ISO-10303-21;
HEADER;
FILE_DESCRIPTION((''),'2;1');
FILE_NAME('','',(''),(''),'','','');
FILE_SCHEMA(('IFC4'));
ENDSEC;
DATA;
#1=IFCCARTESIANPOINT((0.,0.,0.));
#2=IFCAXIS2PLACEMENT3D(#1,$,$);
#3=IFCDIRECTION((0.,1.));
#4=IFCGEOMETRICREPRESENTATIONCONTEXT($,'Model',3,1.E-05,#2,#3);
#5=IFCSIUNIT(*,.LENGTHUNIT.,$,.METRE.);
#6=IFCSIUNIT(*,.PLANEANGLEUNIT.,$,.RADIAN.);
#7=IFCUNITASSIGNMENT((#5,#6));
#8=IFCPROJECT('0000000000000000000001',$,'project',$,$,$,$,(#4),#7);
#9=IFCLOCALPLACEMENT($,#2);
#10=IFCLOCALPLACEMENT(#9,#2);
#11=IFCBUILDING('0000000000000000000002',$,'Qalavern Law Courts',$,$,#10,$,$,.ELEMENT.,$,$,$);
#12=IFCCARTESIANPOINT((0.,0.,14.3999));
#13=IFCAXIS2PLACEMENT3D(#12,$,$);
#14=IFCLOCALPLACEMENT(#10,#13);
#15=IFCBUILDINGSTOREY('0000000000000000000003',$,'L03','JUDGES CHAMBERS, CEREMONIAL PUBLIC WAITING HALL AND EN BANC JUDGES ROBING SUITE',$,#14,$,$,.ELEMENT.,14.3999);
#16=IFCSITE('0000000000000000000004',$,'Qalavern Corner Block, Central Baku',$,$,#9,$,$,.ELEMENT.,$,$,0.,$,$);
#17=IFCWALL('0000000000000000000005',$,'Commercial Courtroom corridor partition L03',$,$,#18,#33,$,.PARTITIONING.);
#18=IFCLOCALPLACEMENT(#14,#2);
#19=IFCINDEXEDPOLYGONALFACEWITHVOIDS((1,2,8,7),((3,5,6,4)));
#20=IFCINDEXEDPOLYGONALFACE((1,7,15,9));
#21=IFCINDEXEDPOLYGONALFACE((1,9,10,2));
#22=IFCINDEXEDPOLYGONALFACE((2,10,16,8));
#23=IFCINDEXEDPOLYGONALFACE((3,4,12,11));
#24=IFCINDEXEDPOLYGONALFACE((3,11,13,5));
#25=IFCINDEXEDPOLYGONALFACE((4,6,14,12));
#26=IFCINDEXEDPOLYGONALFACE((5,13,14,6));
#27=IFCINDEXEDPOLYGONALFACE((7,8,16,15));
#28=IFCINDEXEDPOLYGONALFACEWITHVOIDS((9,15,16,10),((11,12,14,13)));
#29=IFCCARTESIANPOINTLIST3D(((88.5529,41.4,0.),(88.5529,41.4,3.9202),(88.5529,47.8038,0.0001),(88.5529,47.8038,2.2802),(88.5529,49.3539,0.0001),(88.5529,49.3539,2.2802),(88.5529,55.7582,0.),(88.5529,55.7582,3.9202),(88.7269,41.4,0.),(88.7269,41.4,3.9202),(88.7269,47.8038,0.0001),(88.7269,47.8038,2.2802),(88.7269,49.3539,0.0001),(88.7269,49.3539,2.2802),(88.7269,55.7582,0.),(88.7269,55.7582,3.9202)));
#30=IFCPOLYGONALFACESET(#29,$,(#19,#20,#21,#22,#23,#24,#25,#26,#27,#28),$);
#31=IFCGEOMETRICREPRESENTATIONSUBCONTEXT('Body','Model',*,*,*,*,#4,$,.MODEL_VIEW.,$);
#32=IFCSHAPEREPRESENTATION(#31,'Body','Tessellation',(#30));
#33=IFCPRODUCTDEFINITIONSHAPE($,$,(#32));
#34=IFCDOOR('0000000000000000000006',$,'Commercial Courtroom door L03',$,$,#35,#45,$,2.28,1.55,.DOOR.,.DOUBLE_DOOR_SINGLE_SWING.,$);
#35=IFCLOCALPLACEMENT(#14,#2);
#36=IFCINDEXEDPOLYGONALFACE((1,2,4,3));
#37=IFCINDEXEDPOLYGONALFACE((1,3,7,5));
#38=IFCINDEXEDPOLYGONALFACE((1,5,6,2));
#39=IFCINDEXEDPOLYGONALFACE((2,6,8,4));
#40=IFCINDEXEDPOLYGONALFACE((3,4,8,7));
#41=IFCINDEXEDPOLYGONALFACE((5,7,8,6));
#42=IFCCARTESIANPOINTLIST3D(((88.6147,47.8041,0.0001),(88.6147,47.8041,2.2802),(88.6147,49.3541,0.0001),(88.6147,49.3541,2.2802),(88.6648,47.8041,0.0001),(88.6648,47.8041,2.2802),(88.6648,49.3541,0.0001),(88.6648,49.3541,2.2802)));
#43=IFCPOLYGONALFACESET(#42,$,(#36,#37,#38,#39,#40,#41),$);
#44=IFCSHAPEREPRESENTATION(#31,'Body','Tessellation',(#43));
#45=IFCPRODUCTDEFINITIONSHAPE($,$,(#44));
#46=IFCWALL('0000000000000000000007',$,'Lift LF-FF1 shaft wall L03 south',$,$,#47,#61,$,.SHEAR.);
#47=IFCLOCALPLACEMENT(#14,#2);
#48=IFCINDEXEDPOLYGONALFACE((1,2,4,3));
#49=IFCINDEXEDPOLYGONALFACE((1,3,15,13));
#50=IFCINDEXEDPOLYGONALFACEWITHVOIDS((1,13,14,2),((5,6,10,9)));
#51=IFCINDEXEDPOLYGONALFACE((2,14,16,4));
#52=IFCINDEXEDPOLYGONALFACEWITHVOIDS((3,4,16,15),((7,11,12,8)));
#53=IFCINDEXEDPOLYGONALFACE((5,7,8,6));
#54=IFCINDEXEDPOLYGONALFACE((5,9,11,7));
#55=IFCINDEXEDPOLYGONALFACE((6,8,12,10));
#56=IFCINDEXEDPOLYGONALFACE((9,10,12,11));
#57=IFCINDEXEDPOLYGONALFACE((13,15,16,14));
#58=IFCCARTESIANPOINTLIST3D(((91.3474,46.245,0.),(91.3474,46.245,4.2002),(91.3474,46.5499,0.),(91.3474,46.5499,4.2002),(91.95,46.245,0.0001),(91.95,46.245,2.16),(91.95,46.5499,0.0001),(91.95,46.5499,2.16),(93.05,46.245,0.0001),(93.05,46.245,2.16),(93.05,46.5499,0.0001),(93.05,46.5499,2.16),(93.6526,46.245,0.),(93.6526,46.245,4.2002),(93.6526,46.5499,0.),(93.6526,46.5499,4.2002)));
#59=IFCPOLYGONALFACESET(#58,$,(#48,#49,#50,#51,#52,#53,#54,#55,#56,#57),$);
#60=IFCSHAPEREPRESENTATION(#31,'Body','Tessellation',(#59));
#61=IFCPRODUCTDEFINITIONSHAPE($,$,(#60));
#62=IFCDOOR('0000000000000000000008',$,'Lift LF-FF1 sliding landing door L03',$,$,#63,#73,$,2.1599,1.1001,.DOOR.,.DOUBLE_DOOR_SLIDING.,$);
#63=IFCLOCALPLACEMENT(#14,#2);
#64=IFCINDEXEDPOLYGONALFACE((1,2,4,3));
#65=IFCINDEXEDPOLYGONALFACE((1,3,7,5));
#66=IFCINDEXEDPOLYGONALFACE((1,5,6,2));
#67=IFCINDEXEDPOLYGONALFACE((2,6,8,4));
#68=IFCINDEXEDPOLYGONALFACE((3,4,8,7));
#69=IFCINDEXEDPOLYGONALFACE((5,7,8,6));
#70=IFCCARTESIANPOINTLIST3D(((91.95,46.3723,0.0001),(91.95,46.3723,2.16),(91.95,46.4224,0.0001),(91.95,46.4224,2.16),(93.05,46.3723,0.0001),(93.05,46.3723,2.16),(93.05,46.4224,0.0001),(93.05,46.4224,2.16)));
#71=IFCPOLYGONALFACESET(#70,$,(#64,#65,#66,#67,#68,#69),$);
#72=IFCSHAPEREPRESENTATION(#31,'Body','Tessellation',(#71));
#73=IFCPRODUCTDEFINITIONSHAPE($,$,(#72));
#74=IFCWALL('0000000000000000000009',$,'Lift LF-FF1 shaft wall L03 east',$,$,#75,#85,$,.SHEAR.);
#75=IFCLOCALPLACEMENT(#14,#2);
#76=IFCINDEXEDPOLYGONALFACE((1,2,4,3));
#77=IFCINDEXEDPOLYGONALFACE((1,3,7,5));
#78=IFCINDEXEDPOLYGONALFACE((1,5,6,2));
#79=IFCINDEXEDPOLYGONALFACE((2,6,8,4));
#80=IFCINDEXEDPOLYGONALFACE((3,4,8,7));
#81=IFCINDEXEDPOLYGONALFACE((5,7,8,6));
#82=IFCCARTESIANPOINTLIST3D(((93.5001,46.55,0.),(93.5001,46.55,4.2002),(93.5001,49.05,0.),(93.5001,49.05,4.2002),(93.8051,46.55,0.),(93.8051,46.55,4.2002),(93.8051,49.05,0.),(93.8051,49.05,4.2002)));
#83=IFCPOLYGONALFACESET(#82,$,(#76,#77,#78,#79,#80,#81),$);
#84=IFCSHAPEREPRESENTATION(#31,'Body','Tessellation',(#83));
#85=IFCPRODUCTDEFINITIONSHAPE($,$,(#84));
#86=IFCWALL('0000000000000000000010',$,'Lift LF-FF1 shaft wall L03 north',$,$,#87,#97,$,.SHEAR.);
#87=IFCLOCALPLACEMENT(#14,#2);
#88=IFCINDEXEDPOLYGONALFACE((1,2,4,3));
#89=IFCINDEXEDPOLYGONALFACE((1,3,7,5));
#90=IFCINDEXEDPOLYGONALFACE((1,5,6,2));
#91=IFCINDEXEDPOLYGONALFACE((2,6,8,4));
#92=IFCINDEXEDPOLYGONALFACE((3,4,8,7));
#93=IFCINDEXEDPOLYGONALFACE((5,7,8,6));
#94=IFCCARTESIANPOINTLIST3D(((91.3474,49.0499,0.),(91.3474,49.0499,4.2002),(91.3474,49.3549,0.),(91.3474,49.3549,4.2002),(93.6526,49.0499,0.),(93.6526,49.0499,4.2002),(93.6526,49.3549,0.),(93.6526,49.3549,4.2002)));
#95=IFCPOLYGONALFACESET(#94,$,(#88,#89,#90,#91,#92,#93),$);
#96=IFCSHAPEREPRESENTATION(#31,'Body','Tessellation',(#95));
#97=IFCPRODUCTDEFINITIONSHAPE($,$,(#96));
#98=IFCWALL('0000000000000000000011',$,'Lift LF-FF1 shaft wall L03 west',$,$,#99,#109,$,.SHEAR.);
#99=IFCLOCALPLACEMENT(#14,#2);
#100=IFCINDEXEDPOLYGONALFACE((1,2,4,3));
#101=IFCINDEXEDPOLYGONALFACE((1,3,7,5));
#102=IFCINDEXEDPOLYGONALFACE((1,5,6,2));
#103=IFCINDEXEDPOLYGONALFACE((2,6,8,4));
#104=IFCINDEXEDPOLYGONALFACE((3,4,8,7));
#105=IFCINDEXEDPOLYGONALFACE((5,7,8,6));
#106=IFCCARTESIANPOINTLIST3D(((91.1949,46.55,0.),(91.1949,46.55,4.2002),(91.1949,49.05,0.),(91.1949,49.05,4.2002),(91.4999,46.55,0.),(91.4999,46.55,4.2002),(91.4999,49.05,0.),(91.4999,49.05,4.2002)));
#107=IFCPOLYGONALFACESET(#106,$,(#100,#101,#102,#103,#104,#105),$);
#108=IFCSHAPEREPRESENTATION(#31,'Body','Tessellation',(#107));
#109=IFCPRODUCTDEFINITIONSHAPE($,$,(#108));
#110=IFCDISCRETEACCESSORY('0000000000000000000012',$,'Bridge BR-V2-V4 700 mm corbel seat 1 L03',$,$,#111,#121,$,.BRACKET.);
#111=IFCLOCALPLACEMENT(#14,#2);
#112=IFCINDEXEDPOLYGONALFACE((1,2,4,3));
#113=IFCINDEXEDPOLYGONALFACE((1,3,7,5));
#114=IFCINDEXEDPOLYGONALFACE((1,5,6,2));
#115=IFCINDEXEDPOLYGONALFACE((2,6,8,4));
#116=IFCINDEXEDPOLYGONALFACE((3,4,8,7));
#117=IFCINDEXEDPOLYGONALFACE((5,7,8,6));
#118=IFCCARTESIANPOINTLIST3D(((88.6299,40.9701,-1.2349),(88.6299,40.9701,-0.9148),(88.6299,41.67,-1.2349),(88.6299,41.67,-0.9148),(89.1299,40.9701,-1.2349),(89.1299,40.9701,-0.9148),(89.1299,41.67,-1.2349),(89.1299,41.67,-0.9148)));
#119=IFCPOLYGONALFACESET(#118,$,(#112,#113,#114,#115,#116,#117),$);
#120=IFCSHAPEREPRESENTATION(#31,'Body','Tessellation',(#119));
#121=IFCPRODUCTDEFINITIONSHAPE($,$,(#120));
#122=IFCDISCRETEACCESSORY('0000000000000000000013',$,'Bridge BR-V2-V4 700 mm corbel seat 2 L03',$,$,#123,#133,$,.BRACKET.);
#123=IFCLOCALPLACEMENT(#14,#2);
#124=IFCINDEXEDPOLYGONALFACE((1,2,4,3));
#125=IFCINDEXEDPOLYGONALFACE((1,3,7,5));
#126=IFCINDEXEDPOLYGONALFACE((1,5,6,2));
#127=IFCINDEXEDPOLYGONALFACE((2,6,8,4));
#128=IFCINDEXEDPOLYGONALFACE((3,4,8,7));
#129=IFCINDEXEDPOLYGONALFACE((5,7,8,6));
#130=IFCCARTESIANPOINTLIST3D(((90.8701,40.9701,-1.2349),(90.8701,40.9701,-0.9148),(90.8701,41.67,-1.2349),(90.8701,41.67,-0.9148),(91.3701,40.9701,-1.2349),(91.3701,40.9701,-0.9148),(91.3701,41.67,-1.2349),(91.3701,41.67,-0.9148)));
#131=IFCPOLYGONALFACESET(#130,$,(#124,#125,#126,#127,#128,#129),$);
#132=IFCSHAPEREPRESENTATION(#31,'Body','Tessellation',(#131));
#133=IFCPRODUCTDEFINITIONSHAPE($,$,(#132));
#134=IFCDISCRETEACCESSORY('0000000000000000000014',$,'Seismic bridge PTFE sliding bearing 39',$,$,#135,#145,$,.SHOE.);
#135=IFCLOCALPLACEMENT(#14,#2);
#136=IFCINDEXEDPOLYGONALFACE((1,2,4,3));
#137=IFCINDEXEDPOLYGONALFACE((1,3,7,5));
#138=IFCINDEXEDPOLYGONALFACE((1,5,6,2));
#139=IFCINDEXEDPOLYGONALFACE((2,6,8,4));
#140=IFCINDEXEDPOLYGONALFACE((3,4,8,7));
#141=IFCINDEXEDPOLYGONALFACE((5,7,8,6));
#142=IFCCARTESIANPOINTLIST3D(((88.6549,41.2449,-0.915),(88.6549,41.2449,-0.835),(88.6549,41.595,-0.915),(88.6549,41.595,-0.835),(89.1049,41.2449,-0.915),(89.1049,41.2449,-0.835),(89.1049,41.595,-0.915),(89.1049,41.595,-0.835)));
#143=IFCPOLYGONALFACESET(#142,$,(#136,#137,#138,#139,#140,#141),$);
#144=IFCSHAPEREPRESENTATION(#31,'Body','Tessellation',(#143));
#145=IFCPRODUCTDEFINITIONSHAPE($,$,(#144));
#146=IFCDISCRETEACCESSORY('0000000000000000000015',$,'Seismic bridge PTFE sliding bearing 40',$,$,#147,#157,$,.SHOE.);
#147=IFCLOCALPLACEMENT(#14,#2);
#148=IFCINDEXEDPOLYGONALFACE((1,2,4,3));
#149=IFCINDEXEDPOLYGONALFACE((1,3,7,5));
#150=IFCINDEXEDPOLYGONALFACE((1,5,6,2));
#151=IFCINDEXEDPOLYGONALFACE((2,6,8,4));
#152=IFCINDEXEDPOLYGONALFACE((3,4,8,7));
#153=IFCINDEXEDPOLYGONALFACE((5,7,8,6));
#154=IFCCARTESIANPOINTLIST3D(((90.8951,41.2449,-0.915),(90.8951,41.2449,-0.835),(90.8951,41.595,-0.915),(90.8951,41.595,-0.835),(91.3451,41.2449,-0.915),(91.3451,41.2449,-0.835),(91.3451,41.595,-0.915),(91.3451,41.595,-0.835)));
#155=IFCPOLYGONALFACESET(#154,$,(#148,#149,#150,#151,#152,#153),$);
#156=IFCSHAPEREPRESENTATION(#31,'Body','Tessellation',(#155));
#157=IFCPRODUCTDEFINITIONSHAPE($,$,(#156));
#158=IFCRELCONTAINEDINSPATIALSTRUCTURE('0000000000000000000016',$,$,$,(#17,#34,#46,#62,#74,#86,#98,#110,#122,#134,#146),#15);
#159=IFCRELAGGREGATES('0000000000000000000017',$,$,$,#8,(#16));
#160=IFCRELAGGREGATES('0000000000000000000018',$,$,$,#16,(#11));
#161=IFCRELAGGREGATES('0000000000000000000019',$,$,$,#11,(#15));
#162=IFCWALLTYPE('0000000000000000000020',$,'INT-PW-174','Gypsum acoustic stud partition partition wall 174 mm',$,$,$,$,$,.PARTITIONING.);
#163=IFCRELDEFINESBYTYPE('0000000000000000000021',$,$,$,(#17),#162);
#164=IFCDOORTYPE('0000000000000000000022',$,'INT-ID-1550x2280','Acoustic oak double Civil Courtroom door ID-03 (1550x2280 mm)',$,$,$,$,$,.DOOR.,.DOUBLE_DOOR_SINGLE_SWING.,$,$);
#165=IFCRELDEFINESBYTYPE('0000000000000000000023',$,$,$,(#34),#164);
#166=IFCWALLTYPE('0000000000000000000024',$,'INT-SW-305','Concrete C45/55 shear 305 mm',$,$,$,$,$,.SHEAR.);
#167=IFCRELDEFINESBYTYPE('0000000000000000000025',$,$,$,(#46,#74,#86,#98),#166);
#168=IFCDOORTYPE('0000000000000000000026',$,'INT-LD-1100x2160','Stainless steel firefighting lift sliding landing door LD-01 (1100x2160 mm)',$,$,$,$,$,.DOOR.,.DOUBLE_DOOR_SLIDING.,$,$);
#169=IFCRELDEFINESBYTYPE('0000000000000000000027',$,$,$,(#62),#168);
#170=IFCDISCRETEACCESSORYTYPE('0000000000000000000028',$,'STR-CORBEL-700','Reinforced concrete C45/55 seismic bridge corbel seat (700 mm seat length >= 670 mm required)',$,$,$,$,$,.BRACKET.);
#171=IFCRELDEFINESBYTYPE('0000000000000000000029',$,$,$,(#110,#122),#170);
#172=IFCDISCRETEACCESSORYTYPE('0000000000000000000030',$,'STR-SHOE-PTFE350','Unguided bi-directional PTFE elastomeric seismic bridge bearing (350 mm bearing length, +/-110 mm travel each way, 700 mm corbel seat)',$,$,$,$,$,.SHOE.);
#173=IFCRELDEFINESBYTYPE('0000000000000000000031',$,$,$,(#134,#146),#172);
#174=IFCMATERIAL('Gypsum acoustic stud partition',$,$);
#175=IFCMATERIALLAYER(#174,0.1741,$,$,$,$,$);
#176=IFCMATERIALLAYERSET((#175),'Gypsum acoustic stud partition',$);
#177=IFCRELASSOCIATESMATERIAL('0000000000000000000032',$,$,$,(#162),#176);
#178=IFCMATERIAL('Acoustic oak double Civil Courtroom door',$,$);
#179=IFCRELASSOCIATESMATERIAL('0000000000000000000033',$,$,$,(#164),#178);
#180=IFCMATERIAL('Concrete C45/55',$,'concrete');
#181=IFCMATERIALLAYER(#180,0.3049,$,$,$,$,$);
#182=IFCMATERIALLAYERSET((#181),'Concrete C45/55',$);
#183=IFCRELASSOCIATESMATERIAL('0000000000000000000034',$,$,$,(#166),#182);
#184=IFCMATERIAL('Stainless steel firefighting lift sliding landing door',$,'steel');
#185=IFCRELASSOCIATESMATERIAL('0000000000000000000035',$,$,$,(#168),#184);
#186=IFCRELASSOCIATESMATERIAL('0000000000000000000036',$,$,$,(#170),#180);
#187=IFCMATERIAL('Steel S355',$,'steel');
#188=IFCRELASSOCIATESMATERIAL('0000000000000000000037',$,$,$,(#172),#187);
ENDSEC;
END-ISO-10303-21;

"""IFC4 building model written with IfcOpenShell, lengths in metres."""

from ifc_helpers import new_model, si_unit, direction, frame, frame_2d, origin, origin_2d, place, context, subcontext, project, spatial, rectangle, extrude, material, layer, layer_set, type_object, element, fill, save


model = new_model("IFC4")

# Units and contexts
model_context = context("Model", 3, precision=1e-05, world=origin(), true_north=direction((0.0, 1.0)))
body_context = subcontext(model_context, "Body", "Model", "MODEL_VIEW")
ifc_project = project(units=[si_unit("LENGTHUNIT", "METRE"), si_unit("PLANEANGLEUNIT", "RADIAN")], contexts=[model_context])

# Site, building, storey
site_placement = place(None, origin())
site = spatial("IfcSite", under=ifc_project, at=site_placement, Name="Qalavern Corner Block, Central Baku", CompositionType="ELEMENT", RefElevation=0.0)
building_placement = place(site_placement, origin())
building = spatial("IfcBuilding", under=site, at=building_placement, Name="Qalavern Law Courts", CompositionType="ELEMENT")
storey_placement = place(building_placement, frame((0.0, 0.0, 14.3999)))
storey = spatial("IfcBuildingStorey", under=building, at=storey_placement, Name="L03", Description="JUDGES CHAMBERS, CEREMONIAL PUBLIC WAITING HALL AND EN BANC JUDGES ROBING SUITE", CompositionType="ELEMENT", Elevation=14.3999)

# Shared definitions
ifc_material_1 = material(Name="Concrete C45/55", Category="concrete")

# Walls, openings, doors
ifc_material_2 = material(Name="Gypsum acoustic stud partition")
ifc_layer_1 = layer(ifc_material_2, 0.1741)
ifc_layer_set_1 = layer_set([ifc_layer_1], Name="Gypsum acoustic stud partition")
wall_type_1 = type_object("IfcWallType", Name="INT-PW-174", Description="Gypsum acoustic stud partition partition wall 174 mm", PredefinedType="PARTITIONING", material=ifc_layer_set_1)
wall_1_placement = place(storey_placement, frame((88.6399, 41.3999, 0.0), z_axis=(0.0, 0.0, 1.0), x_axis=(0.0, 1.0, 0.0)))
wall_1 = element("IfcWall", 1, at=wall_1_placement, inside=storey, type_object=wall_type_1, Name="Commercial Courtroom corridor partition L03", PredefinedType="PARTITIONING", context=body_context, shape_type="SweptSolid", body=[
    extrude(rectangle(XDim=14.3582, YDim=0.1741, at=frame_2d((7.1792, 0.0))), origin(), (0.0, 0.0, 1.0), 3.9202),
])
opening_1_placement = place(wall_1_placement, frame((6.4041, 0.0, 0.0)))
opening_1 = element("IfcOpeningElement", 2, at=opening_1_placement, cuts=wall_1, PredefinedType="OPENING", context=body_context, shape_type="SweptSolid", body=[
    extrude(rectangle(XDim=1.55, YDim=2.28, at=frame_2d((0.7749, 1.1401))), frame((0.0, 0.1021, 0.0), z_axis=(0.0, -1.0, 0.0), x_axis=(1.0, 0.0, 0.0)), (0.0, 0.0, 1.0), 0.2039),
])
ifc_material_3 = material(Name="Acoustic oak double Civil Courtroom door")
door_type_1 = type_object("IfcDoorType", Name="INT-ID-1550x2280", Description="Acoustic oak double Civil Courtroom door ID-03 (1550x2280 mm)", OperationType="DOUBLE_DOOR_SINGLE_SWING", PredefinedType="DOOR", material=ifc_material_3)
door_1_placement = place(opening_1_placement, frame((1.55, 0.0, 0.0), z_axis=(0.0, 0.0, 1.0), x_axis=(-1.0, 0.0, 0.0)))
door_1 = element("IfcDoor", 3, at=door_1_placement, inside=storey, type_object=door_type_1, Name="Commercial Courtroom door L03", OperationType="DOUBLE_DOOR_SINGLE_SWING", OverallHeight=2.28, OverallWidth=1.55, PredefinedType="DOOR", context=body_context, shape_type="SweptSolid", body=[
    extrude(rectangle(XDim=1.55, YDim=2.28, at=frame_2d((0.7749, 1.1401))), frame((0.0, 0.0249, 0.0), z_axis=(0.0, -1.0, 0.0), x_axis=(1.0, 0.0, 0.0)), (0.0, 0.0, 1.0), 0.05),
])
fill(opening_1, door_1)
ifc_layer_2 = layer(ifc_material_1, 0.3049)
ifc_layer_set_2 = layer_set([ifc_layer_2], Name="Concrete C45/55")
wall_type_2 = type_object("IfcWallType", Name="INT-SW-305", Description="Concrete C45/55 shear 305 mm", PredefinedType="SHEAR", material=ifc_layer_set_2)
wall_2_placement = place(storey_placement, frame((91.3474, 46.3975, 0.0), z_axis=(0.0, 0.0, 1.0), x_axis=(1.0, 0.0, 0.0)))
wall_2 = element("IfcWall", 4, at=wall_2_placement, inside=storey, type_object=wall_type_2, Name="Lift LF-FF1 shaft wall L03 south", PredefinedType="SHEAR", context=body_context, shape_type="SweptSolid", body=[
    extrude(rectangle(XDim=2.3052, YDim=0.3049, at=frame_2d((1.1526, 0.0))), origin(), (0.0, 0.0, 1.0), 4.2002),
])
opening_2_placement = place(wall_2_placement, frame((0.6025, 0.0, 0.0)))
opening_2 = element("IfcOpeningElement", 5, at=opening_2_placement, cuts=wall_2, PredefinedType="OPENING", context=body_context, shape_type="SweptSolid", body=[
    extrude(rectangle(XDim=1.1001, YDim=2.1599, at=frame_2d((0.55, 1.0801))), frame((0.0, 0.1675, 0.0), z_axis=(0.0, -1.0, 0.0), x_axis=(1.0, 0.0, 0.0)), (0.0, 0.0, 1.0), 0.3347),
])
ifc_material_4 = material(Name="Stainless steel firefighting lift sliding landing door", Category="steel")
door_type_2 = type_object("IfcDoorType", Name="INT-LD-1100x2160", Description="Stainless steel firefighting lift sliding landing door LD-01 (1100x2160 mm)", OperationType="DOUBLE_DOOR_SLIDING", PredefinedType="DOOR", material=ifc_material_4)
door_2_placement = place(opening_2_placement, origin())
door_2 = element("IfcDoor", 6, at=door_2_placement, inside=storey, type_object=door_type_2, Name="Lift LF-FF1 sliding landing door L03", OperationType="DOUBLE_DOOR_SLIDING", OverallHeight=2.1599, OverallWidth=1.1001, PredefinedType="DOOR", context=body_context, shape_type="SweptSolid", body=[
    extrude(rectangle(XDim=1.1001, YDim=2.1599, at=frame_2d((0.55, 1.0801))), frame((0.0, 0.0249, 0.0), z_axis=(0.0, -1.0, 0.0), x_axis=(1.0, 0.0, 0.0)), (0.0, 0.0, 1.0), 0.05),
])
fill(opening_2, door_2)

# Walls
wall_3_placement = place(storey_placement, frame((93.6526, 46.55, 0.0), z_axis=(0.0, 0.0, 1.0), x_axis=(0.0, 1.0, 0.0)))
element("IfcWall", 7, at=wall_3_placement, inside=storey, type_object=wall_type_2, Name="Lift LF-FF1 shaft wall L03 east", PredefinedType="SHEAR", context=body_context, shape_type="SweptSolid", body=[
    extrude(rectangle(XDim=2.5, YDim=0.3049, at=frame_2d((1.25, 0.0))), origin(), (0.0, 0.0, 1.0), 4.2002),
])
wall_4_placement = place(storey_placement, frame((93.6526, 49.2024, 0.0), z_axis=(0.0, 0.0, 1.0), x_axis=(-1.0, 0.0, 0.0)))
element("IfcWall", 8, at=wall_4_placement, inside=storey, type_object=wall_type_2, Name="Lift LF-FF1 shaft wall L03 north", PredefinedType="SHEAR", context=body_context, shape_type="SweptSolid", body=[
    extrude(rectangle(XDim=2.3052, YDim=0.3049, at=frame_2d((1.1526, 0.0))), origin(), (0.0, 0.0, 1.0), 4.2002),
])
wall_5_placement = place(storey_placement, frame((91.3474, 49.05, 0.0), z_axis=(0.0, 0.0, 1.0), x_axis=(0.0, -1.0, 0.0)))
element("IfcWall", 9, at=wall_5_placement, inside=storey, type_object=wall_type_2, Name="Lift LF-FF1 shaft wall L03 west", PredefinedType="SHEAR", context=body_context, shape_type="SweptSolid", body=[
    extrude(rectangle(XDim=2.5, YDim=0.3049, at=frame_2d((1.25, 0.0))), origin(), (0.0, 0.0, 1.0), 4.2002),
])

# Discrete accessories
discrete_accessory_type_1 = type_object("IfcDiscreteAccessoryType", Name="STR-CORBEL-700", Description="Reinforced concrete C45/55 seismic bridge corbel seat (700 mm seat length >= 670 mm required)", PredefinedType="BRACKET", material=ifc_material_1)
for number, where, z_axis, x_axis, name in (
    (10, (88.8799, 41.3201, -1.2349), (0.0, 0.0, 1.0), (1.0, 0.0, 0.0), "Bridge BR-V2-V4 700 mm corbel seat 1 L03"),
    (11, (91.1201, 41.3201, -1.2349), (0.0, 0.0, 1.0), (1.0, 0.0, 0.0), "Bridge BR-V2-V4 700 mm corbel seat 2 L03"),
):
    element("IfcDiscreteAccessory", number, at=place(storey_placement, frame(where, z_axis=z_axis, x_axis=x_axis)), inside=storey, type_object=discrete_accessory_type_1, Name=name, PredefinedType="BRACKET", context=body_context, shape_type="SweptSolid", body=[
        extrude(rectangle(XDim=0.5, YDim=0.7, at=origin_2d()), origin(), (0.0, 0.0, 1.0), 0.3201),
    ])
ifc_material_5 = material(Name="Steel S355", Category="steel")
discrete_accessory_type_2 = type_object("IfcDiscreteAccessoryType", Name="STR-SHOE-PTFE350", Description="Unguided bi-directional PTFE elastomeric seismic bridge bearing (350 mm bearing length, +/-110 mm travel each way, 700 mm corbel seat)", PredefinedType="SHOE", material=ifc_material_5)
for number, where, z_axis, x_axis, name in (
    (12, (88.8799, 41.4199, -0.915), (0.0, 0.0, 1.0), (1.0, 0.0, 0.0), "Seismic bridge PTFE sliding bearing 39"),
    (13, (91.1201, 41.4199, -0.915), (0.0, 0.0, 1.0), (1.0, 0.0, 0.0), "Seismic bridge PTFE sliding bearing 40"),
):
    element("IfcDiscreteAccessory", number, at=place(storey_placement, frame(where, z_axis=z_axis, x_axis=x_axis)), inside=storey, type_object=discrete_accessory_type_2, Name=name, PredefinedType="SHOE", context=body_context, shape_type="SweptSolid", body=[
        extrude(rectangle(XDim=0.45, YDim=0.3501, at=origin_2d()), origin(), (0.0, 0.0, 1.0), 0.0801),
    ])

save(model, "model.ifc")
